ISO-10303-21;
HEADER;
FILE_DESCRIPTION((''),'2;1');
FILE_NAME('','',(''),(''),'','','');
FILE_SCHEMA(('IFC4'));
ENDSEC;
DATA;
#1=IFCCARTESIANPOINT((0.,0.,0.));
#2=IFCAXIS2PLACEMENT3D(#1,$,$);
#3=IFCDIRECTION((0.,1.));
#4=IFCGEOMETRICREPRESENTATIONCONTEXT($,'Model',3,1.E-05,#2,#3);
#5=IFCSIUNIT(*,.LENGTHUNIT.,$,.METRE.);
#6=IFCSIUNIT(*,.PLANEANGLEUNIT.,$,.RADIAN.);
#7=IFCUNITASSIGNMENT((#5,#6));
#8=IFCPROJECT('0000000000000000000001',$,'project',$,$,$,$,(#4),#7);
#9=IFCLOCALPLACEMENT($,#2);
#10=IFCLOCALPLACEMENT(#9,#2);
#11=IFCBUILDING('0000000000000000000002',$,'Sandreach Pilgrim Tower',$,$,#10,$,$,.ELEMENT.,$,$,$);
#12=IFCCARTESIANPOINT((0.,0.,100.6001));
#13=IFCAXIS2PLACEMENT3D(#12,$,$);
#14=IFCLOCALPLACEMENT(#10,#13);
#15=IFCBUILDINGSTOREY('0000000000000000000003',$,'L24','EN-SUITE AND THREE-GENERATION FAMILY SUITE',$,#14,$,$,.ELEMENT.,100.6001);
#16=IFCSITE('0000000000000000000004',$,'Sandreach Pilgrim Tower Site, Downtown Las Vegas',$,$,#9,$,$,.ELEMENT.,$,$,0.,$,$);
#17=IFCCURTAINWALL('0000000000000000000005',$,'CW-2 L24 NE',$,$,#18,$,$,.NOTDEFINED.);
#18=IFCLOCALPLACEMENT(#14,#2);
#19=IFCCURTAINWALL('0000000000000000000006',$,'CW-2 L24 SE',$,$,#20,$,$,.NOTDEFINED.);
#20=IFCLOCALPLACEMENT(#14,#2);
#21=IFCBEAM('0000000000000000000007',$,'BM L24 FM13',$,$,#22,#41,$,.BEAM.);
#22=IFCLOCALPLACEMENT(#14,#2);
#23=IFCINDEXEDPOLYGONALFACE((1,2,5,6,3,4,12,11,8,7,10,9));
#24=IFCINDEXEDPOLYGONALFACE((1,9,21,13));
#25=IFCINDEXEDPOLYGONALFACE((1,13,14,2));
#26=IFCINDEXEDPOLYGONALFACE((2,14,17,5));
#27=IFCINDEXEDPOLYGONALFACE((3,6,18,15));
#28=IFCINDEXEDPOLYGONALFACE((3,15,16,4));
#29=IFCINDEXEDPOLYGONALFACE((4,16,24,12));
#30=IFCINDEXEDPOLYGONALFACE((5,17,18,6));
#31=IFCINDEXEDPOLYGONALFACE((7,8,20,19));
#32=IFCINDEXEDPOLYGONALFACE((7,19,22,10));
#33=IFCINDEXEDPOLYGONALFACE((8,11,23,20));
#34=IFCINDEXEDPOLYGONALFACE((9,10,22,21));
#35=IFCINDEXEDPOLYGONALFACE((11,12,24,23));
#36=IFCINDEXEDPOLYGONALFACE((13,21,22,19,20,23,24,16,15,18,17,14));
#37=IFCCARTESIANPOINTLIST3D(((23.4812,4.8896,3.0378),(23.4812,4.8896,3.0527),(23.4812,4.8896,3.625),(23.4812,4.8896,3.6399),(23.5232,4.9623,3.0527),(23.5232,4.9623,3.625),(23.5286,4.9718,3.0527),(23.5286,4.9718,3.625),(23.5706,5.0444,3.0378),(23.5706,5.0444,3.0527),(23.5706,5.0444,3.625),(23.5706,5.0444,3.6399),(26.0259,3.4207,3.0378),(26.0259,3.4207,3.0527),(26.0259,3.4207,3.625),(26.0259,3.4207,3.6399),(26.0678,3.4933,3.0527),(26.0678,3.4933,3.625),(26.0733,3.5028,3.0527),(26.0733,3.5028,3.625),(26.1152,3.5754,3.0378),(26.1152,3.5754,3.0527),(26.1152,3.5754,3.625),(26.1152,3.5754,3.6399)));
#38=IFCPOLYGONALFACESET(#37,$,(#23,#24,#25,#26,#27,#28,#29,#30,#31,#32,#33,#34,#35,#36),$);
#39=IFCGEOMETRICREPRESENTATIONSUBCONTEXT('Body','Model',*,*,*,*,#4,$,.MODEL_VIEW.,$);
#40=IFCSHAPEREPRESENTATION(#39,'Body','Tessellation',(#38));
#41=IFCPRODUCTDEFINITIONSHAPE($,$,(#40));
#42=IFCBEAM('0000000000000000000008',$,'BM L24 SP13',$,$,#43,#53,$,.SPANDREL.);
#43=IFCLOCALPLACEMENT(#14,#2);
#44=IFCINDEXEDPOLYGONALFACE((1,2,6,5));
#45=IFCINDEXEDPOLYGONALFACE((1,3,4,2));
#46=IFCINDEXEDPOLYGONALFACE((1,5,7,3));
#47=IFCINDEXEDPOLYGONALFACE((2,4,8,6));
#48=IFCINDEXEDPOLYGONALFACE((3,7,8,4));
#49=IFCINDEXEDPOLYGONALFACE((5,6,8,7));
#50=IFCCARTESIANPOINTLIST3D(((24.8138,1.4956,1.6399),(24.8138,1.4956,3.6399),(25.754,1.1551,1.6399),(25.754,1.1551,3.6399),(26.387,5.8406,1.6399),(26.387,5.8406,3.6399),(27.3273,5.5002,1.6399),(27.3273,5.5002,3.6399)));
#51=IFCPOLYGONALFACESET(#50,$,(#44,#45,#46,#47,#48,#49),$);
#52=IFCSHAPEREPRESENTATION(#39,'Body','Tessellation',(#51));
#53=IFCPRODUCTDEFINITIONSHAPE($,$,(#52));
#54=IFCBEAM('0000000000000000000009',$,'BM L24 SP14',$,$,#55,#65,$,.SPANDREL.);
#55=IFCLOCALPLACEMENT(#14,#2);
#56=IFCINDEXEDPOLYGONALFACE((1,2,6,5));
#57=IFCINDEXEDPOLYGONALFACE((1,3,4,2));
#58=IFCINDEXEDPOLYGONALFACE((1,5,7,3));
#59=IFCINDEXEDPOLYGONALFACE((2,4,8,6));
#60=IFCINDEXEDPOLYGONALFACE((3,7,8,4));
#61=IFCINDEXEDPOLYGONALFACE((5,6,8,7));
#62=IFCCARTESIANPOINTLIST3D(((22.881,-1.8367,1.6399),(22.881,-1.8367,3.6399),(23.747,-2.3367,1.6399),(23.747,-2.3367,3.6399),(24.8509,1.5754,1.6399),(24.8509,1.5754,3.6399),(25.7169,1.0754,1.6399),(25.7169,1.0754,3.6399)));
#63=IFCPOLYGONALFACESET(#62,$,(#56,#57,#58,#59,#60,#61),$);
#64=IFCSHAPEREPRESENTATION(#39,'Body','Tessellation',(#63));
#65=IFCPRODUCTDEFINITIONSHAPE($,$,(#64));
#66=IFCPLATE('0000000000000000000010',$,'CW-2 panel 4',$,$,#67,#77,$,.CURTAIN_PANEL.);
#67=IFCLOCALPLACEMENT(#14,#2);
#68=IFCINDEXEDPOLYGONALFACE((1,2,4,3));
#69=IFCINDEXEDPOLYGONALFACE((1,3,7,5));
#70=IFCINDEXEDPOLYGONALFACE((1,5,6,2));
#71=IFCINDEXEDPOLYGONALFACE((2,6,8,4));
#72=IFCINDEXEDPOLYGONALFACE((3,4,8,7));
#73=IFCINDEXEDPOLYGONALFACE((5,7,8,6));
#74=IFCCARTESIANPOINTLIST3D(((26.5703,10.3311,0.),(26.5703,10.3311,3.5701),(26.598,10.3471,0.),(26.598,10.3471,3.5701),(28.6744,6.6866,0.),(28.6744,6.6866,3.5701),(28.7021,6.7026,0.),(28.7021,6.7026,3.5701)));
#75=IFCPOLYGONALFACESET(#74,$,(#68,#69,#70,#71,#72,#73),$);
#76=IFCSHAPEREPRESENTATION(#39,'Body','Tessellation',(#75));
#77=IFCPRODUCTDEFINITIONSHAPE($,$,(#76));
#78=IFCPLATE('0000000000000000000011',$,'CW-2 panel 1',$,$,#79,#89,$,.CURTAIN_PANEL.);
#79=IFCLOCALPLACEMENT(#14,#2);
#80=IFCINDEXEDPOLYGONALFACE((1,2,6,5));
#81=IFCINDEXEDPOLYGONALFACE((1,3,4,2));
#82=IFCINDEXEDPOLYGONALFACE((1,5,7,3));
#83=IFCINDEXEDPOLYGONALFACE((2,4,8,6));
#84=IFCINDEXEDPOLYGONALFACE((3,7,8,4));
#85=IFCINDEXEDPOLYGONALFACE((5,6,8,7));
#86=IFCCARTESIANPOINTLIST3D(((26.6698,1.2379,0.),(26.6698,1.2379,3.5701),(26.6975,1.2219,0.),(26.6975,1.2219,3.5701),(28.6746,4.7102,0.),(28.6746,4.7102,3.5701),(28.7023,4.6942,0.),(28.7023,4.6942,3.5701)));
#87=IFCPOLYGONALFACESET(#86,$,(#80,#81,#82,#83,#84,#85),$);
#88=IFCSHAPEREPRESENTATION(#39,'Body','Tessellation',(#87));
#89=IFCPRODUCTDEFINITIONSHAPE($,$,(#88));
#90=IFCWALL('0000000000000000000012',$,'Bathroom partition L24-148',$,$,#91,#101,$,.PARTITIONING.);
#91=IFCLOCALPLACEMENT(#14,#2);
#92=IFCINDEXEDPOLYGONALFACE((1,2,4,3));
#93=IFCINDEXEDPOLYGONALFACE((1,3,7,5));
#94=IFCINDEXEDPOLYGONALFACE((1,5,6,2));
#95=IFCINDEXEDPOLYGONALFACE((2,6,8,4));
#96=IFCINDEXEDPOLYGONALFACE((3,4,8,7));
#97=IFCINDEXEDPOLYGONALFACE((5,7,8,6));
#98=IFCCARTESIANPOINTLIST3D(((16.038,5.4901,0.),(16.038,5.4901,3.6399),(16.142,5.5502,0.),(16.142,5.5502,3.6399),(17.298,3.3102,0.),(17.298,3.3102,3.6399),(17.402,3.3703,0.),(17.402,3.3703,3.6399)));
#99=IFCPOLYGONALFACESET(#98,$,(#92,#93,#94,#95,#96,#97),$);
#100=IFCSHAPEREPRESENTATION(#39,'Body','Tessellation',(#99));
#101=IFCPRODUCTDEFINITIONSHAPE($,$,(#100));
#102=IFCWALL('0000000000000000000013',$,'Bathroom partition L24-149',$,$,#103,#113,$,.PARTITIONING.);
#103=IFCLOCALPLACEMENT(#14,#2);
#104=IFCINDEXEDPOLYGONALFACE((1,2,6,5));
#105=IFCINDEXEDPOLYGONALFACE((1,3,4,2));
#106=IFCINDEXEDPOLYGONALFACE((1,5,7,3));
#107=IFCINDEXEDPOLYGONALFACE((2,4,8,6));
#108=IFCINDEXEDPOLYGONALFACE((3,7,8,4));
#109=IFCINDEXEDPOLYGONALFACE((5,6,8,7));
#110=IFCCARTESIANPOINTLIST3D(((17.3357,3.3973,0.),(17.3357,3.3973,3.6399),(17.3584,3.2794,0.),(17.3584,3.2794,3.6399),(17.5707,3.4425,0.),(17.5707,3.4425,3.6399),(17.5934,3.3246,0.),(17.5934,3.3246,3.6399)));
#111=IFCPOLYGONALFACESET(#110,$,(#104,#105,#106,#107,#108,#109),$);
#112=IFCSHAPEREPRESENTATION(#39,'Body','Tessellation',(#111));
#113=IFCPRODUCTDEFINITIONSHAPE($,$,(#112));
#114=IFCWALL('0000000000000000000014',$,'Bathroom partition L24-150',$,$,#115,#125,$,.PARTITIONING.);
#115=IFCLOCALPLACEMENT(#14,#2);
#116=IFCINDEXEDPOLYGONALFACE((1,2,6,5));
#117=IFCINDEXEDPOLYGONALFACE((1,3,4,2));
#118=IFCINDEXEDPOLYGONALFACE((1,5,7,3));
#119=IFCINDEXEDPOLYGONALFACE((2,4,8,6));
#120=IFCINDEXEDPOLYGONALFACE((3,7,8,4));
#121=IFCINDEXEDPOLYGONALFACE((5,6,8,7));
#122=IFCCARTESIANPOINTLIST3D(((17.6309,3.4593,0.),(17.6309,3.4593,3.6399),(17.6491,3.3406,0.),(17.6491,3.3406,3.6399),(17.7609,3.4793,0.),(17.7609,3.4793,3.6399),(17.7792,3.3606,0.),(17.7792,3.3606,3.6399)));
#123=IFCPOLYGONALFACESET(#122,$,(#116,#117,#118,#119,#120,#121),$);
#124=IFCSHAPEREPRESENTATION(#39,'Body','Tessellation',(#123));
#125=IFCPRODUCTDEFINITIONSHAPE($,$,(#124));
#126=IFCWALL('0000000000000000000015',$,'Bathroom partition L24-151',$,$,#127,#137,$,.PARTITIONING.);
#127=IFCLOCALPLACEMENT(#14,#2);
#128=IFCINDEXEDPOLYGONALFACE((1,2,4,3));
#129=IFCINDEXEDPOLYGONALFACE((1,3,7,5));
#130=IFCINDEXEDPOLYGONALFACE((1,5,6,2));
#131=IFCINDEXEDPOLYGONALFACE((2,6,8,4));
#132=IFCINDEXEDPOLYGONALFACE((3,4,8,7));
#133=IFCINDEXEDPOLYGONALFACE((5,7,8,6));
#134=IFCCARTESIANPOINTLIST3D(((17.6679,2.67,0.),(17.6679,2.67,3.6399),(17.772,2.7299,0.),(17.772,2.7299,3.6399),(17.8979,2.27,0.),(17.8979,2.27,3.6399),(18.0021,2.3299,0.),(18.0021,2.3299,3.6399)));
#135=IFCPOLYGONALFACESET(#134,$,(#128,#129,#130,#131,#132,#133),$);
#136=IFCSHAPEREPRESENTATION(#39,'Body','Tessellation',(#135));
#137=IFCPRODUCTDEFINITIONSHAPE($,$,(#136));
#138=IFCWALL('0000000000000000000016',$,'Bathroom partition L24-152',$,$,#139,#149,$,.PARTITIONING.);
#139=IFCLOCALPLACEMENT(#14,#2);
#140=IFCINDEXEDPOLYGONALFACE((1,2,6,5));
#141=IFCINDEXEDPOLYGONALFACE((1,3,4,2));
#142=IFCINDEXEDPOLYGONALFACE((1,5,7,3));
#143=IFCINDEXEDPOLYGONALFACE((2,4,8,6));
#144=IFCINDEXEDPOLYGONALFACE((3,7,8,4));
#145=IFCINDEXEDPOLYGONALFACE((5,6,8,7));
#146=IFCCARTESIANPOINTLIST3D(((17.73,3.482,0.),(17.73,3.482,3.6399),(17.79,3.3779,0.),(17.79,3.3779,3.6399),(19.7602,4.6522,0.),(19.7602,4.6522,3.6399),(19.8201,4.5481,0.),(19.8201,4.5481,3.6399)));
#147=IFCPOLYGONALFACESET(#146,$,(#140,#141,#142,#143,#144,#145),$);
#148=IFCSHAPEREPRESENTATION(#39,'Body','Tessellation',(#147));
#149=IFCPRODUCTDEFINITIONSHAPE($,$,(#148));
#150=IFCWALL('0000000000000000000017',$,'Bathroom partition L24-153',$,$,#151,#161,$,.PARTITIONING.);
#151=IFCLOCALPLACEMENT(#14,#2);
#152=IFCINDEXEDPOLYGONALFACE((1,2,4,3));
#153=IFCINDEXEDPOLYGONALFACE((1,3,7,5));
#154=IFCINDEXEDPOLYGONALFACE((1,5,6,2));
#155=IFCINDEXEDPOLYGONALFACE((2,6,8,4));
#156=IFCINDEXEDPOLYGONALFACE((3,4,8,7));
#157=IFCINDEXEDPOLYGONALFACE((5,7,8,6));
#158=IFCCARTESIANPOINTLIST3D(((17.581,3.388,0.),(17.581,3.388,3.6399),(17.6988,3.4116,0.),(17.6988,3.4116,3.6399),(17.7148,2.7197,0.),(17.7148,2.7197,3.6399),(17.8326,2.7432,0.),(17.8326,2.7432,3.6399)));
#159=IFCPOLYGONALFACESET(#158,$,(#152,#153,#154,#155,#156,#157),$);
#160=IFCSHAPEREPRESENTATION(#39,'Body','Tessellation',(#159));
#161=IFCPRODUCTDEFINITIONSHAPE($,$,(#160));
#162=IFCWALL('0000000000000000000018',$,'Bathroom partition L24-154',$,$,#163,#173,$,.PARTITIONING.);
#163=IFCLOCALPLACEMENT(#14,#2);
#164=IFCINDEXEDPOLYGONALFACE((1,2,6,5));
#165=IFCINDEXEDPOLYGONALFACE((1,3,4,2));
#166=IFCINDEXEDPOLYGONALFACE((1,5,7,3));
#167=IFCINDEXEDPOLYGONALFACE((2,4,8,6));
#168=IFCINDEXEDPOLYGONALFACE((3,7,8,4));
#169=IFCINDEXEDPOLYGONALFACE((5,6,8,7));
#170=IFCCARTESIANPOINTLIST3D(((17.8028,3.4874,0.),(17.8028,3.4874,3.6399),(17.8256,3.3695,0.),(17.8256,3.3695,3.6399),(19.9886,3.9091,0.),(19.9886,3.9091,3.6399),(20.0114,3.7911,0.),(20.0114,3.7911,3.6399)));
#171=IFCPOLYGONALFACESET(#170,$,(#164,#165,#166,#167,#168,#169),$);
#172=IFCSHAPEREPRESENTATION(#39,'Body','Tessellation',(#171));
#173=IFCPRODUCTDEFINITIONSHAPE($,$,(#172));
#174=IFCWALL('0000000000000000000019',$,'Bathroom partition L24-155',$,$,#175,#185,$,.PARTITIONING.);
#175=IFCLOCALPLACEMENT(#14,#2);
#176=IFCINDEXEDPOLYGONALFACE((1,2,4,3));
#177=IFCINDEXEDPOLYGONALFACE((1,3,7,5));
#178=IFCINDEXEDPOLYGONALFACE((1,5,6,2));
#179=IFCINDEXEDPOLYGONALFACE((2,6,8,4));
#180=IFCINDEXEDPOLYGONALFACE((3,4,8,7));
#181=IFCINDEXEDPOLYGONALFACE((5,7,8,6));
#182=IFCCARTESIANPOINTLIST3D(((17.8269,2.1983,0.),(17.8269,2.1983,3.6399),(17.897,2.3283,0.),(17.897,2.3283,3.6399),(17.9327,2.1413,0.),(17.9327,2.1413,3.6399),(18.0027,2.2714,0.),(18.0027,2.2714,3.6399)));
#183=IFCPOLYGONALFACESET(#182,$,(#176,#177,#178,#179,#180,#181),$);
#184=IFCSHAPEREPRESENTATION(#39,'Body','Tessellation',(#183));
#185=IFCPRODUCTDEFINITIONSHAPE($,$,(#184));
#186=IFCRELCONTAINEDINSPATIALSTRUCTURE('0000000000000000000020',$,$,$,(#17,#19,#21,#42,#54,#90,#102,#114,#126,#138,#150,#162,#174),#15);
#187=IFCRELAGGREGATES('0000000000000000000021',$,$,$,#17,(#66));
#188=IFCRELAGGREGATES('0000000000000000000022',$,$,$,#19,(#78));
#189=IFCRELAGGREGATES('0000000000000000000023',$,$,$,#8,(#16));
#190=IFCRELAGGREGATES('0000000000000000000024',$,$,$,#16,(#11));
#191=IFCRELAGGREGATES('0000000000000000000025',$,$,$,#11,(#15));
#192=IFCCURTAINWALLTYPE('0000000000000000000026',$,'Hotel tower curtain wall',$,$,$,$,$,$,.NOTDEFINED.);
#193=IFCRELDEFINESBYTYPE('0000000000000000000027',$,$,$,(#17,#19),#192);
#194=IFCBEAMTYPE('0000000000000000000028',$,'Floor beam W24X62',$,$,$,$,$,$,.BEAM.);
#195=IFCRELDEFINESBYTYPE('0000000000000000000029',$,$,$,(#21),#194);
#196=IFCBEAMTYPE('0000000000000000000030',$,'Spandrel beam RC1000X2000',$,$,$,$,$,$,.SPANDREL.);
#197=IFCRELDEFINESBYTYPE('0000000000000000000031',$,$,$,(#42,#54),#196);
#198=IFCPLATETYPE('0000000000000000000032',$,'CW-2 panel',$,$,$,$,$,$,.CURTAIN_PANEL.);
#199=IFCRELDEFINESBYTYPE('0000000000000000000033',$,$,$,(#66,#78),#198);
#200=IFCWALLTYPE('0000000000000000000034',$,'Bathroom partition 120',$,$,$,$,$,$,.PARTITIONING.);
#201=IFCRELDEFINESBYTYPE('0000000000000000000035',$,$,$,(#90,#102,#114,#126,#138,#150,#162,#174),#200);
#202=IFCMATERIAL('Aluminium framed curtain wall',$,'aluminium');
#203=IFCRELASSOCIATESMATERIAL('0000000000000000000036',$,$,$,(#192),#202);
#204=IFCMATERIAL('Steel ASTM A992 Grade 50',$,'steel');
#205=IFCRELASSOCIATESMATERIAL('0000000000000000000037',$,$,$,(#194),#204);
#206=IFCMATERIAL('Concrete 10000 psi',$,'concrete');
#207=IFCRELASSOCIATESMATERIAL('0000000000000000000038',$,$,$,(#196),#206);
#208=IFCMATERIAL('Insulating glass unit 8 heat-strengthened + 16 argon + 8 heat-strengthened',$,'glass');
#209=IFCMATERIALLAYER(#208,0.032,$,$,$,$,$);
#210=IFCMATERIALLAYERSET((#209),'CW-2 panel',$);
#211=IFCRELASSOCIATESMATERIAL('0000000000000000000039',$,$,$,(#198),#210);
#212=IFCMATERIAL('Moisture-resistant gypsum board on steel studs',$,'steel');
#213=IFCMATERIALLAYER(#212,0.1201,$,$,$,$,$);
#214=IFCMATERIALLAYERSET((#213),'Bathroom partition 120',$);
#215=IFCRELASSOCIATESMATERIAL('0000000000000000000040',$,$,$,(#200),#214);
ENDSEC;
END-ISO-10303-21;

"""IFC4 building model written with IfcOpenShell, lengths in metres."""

from ifc_helpers import new_model, si_unit, direction, frame, frame_2d, origin, origin_2d, place, context, subcontext, project, spatial, rectangle, i_section, extrude, material, layer, layer_set, material_profile, profile_set, type_object, element, aggregate, save


model = new_model("IFC4")

# Units and contexts
model_context = context("Model", 3, precision=1e-05, world=origin(), true_north=direction((0.0, 1.0)))
body_context = subcontext(model_context, "Body", "Model", "MODEL_VIEW")
ifc_project = project(units=[si_unit("LENGTHUNIT", "METRE"), si_unit("PLANEANGLEUNIT", "RADIAN")], contexts=[model_context])

# Site, building, storey
site_placement = place(None, origin())
site = spatial("IfcSite", under=ifc_project, at=site_placement, Name="Sandreach Pilgrim Tower Site, Downtown Las Vegas", CompositionType="ELEMENT", RefElevation=0.0)
building_placement = place(site_placement, origin())
building = spatial("IfcBuilding", under=site, at=building_placement, Name="Sandreach Pilgrim Tower", CompositionType="ELEMENT")
storey_placement = place(building_placement, frame((0.0, 0.0, 100.6001)))
storey = spatial("IfcBuildingStorey", under=building, at=storey_placement, Name="L24", Description="EN-SUITE AND THREE-GENERATION FAMILY SUITE", CompositionType="ELEMENT", Elevation=100.6001)

# Curtain wall
ifc_material_1 = material(Name="Aluminium framed curtain wall", Category="aluminium")
curtain_wall_type = type_object("IfcCurtainWallType", Name="Hotel tower curtain wall", PredefinedType="NOTDEFINED", material=ifc_material_1)
curtain_wall_1_placement = place(storey_placement, origin())
curtain_wall_1 = element("IfcCurtainWall", 1, at=curtain_wall_1_placement, inside=storey, type_object=curtain_wall_type, Name="CW-2 L24 NE", PredefinedType="NOTDEFINED")

# Curtain wall
curtain_wall_2_placement = place(storey_placement, origin())
curtain_wall_2 = element("IfcCurtainWall", 2, at=curtain_wall_2_placement, inside=storey, type_object=curtain_wall_type, Name="CW-2 L24 SE", PredefinedType="NOTDEFINED")

# Beams
ifc_material_2 = material(Name="Steel ASTM A992 Grade 50", Category="steel")
ifc_material_profile_1 = material_profile(ifc_material_2, i_section(OverallWidth=0.1787, OverallDepth=0.6021, WebThickness=0.011, FlangeThickness=0.0149, at=origin_2d()), Name="W24X62")
ifc_profile_set_1 = profile_set([ifc_material_profile_1], Name="Steel ASTM A992 Grade 50")
beam_type_1 = type_object("IfcBeamType", Name="Floor beam W24X62", PredefinedType="BEAM", material=ifc_profile_set_1)
beam_1_placement = place(storey_placement, frame((26.0706, 3.498, 3.3389), z_axis=(-0.866051, 0.499955, 0.0), x_axis=(-0.499955, -0.866051, 0.0)))
element("IfcBeam", 3, at=beam_1_placement, inside=storey, type_object=beam_type_1, Name="BM L24 FM13", PredefinedType="BEAM", context=body_context, shape_type="SweptSolid", body=[
    extrude(i_section(OverallWidth=0.1787, OverallDepth=0.6021, WebThickness=0.011, FlangeThickness=0.0149, at=origin_2d()), origin(), (0.0, 0.0, 1.0), 2.9382),
])
ifc_material_3 = material(Name="Concrete 10000 psi", Category="concrete")
ifc_material_profile_2 = material_profile(ifc_material_3, rectangle(XDim=1.0, YDim=2.0, at=origin_2d()), Name="RC1000X2000")
ifc_profile_set_2 = profile_set([ifc_material_profile_2], Name="Concrete 10000 psi")
beam_type_2 = type_object("IfcBeamType", Name="Spandrel beam RC1000X2000", PredefinedType="SPANDREL", material=ifc_profile_set_2)
beam_2_placement = place(storey_placement, frame((26.8572, 5.6704, 2.6399), z_axis=(-0.340453, -0.940261, 0.0), x_axis=(0.940261, -0.340453, 0.0)))
element("IfcBeam", 4, at=beam_2_placement, inside=storey, type_object=beam_type_2, Name="BM L24 SP13", PredefinedType="SPANDREL", context=body_context, shape_type="SweptSolid", body=[
    extrude(rectangle(XDim=1.0, YDim=2.0, at=origin_2d()), origin(), (0.0, 0.0, 1.0), 4.6211),
])
beam_3_placement = place(storey_placement, frame((25.2839, 1.3254, 2.6399), z_axis=(-0.499998, -0.866027, 0.0), x_axis=(0.866027, -0.499998, 0.0)))
element("IfcBeam", 5, at=beam_3_placement, inside=storey, type_object=beam_type_2, Name="BM L24 SP14", PredefinedType="SPANDREL", context=body_context, shape_type="SweptSolid", body=[
    extrude(rectangle(XDim=1.0, YDim=2.0, at=origin_2d()), origin(), (0.0, 0.0, 1.0), 3.9399),
])

# Plates
ifc_material_4 = material(Name="Insulating glass unit 8 heat-strengthened + 16 argon + 8 heat-strengthened", Category="glass")
ifc_layer_1 = layer(ifc_material_4, 0.032)
ifc_layer_set_1 = layer_set([ifc_layer_1], Name="CW-2 panel")
plate_type = type_object("IfcPlateType", Name="CW-2 panel", PredefinedType="CURTAIN_PANEL", material=ifc_layer_set_1)
plate_1_placement = place(storey_placement, frame((27.6362, 8.5168, 0.0), z_axis=(0.0, 0.0, 1.0), x_axis=(0.5, -0.866025, 0.0)))
plate_1 = element("IfcPlate", 6, at=plate_1_placement, type_object=plate_type, Name="CW-2 panel 4", PredefinedType="CURTAIN_PANEL", context=body_context, shape_type="SweptSolid", body=[
    extrude(rectangle(XDim=4.2083, YDim=0.032, at=origin_2d()), origin(), (0.0, 0.0, 1.0), 3.5701),
])
aggregate(curtain_wall_1, [plate_1])
plate_2_placement = place(storey_placement, frame((27.686, 2.9661, 0.0), z_axis=(0.0, 0.0, 1.0), x_axis=(-0.5, -0.866025, 0.0)))
plate_2 = element("IfcPlate", 7, at=plate_2_placement, type_object=plate_type, Name="CW-2 panel 1", PredefinedType="CURTAIN_PANEL", context=body_context, shape_type="SweptSolid", body=[
    extrude(rectangle(XDim=4.0095, YDim=0.032, at=origin_2d()), origin(), (0.0, 0.0, 1.0), 3.5701),
])
aggregate(curtain_wall_2, [plate_2])

# Walls
ifc_material_5 = material(Name="Moisture-resistant gypsum board on steel studs", Category="steel")
ifc_layer_2 = layer(ifc_material_5, 0.1201)
ifc_layer_set_2 = layer_set([ifc_layer_2], Name="Bathroom partition 120")
wall_type_1 = type_object("IfcWallType", Name="Bathroom partition 120", PredefinedType="PARTITIONING", material=ifc_layer_set_2)
wall_1_placement = place(storey_placement, frame((16.0901, 5.52, 0.0), z_axis=(0.0, 0.0, 1.0), x_axis=(0.500425, -0.86578, 0.0)))
element("IfcWall", 8, at=wall_1_placement, inside=storey, type_object=wall_type_1, Name="Bathroom partition L24-148", PredefinedType="PARTITIONING", context=body_context, shape_type="SweptSolid", body=[
    extrude(rectangle(XDim=2.5178, YDim=0.1201, at=frame_2d((1.2588, 0.0))), origin(), (0.0, 0.0, 1.0), 3.6399),
])
wall_2_placement = place(storey_placement, frame((17.582, 3.3835, 0.0), z_axis=(0.0, 0.0, 1.0), x_axis=(-0.982006, -0.188847, 0.0)))
element("IfcWall", 9, at=wall_2_placement, inside=storey, type_object=wall_type_1, Name="Bathroom partition L24-149", PredefinedType="PARTITIONING", context=body_context, shape_type="SweptSolid", body=[
    extrude(rectangle(XDim=0.2393, YDim=0.1201, at=frame_2d((0.1196, 0.0))), origin(), (0.0, 0.0, 1.0), 3.6399),
])
wall_3_placement = place(storey_placement, frame((17.6399, 3.3999, 0.0), z_axis=(0.0, 0.0, 1.0), x_axis=(0.988372, 0.152057, 0.0)))
element("IfcWall", 10, at=wall_3_placement, inside=storey, type_object=wall_type_1, Name="Bathroom partition L24-150", PredefinedType="PARTITIONING", context=body_context, shape_type="SweptSolid", body=[
    extrude(rectangle(XDim=0.1316, YDim=0.1201, at=frame_2d((0.0659, 0.0))), origin(), (0.0, 0.0, 1.0), 3.6399),
])
wall_4_placement = place(storey_placement, frame((17.72, 2.7, 0.0), z_axis=(0.0, 0.0, 1.0), x_axis=(0.498531, -0.866872, 0.0)))
element("IfcWall", 11, at=wall_4_placement, inside=storey, type_object=wall_type_1, Name="Bathroom partition L24-151", PredefinedType="PARTITIONING", context=body_context, shape_type="SweptSolid", body=[
    extrude(rectangle(XDim=0.4614, YDim=0.1201, at=frame_2d((0.2307, 0.0))), origin(), (0.0, 0.0, 1.0), 3.6399),
])
wall_5_placement = place(storey_placement, frame((17.76, 3.4299, 0.0), z_axis=(0.0, 0.0, 1.0), x_axis=(0.866371, 0.499401, 0.0)))
element("IfcWall", 12, at=wall_5_placement, inside=storey, type_object=wall_type_1, Name="Bathroom partition L24-152", PredefinedType="PARTITIONING", context=body_context, shape_type="SweptSolid", body=[
    extrude(rectangle(XDim=2.3433, YDim=0.1201, at=frame_2d((1.1716, 0.0))), origin(), (0.0, 0.0, 1.0), 3.6399),
])
wall_6_placement = place(storey_placement, frame((17.7737, 2.7314, 0.0), z_axis=(0.0, 0.0, 1.0), x_axis=(-0.196254, 0.980553, 0.0)))
element("IfcWall", 13, at=wall_6_placement, inside=storey, type_object=wall_type_1, Name="Bathroom partition L24-153", PredefinedType="PARTITIONING", context=body_context, shape_type="SweptSolid", body=[
    extrude(rectangle(XDim=0.6816, YDim=0.1201, at=frame_2d((0.3408, 0.0))), origin(), (0.0, 0.0, 1.0), 3.6399),
])
wall_7_placement = place(storey_placement, frame((17.8142, 3.4285, 0.0), z_axis=(0.0, 0.0, 1.0), x_axis=(0.981899, 0.189405, 0.0)))
element("IfcWall", 14, at=wall_7_placement, inside=storey, type_object=wall_type_1, Name="Bathroom partition L24-154", PredefinedType="PARTITIONING", context=body_context, shape_type="SweptSolid", body=[
    extrude(rectangle(XDim=2.2261, YDim=0.1201, at=frame_2d((1.113, 0.0))), origin(), (0.0, 0.0, 1.0), 3.6399),
])
wall_8_placement = place(storey_placement, frame((17.8799, 2.1699, 0.0), z_axis=(0.0, 0.0, 1.0), x_axis=(0.4741, 0.880471, 0.0)))
element("IfcWall", 15, at=wall_8_placement, inside=storey, type_object=wall_type_1, Name="Bathroom partition L24-155", PredefinedType="PARTITIONING", context=body_context, shape_type="SweptSolid", body=[
    extrude(rectangle(XDim=0.1477, YDim=0.1201, at=frame_2d((0.0737, 0.0))), origin(), (0.0, 0.0, 1.0), 3.6399),
])

save(model, "model.ifc")
